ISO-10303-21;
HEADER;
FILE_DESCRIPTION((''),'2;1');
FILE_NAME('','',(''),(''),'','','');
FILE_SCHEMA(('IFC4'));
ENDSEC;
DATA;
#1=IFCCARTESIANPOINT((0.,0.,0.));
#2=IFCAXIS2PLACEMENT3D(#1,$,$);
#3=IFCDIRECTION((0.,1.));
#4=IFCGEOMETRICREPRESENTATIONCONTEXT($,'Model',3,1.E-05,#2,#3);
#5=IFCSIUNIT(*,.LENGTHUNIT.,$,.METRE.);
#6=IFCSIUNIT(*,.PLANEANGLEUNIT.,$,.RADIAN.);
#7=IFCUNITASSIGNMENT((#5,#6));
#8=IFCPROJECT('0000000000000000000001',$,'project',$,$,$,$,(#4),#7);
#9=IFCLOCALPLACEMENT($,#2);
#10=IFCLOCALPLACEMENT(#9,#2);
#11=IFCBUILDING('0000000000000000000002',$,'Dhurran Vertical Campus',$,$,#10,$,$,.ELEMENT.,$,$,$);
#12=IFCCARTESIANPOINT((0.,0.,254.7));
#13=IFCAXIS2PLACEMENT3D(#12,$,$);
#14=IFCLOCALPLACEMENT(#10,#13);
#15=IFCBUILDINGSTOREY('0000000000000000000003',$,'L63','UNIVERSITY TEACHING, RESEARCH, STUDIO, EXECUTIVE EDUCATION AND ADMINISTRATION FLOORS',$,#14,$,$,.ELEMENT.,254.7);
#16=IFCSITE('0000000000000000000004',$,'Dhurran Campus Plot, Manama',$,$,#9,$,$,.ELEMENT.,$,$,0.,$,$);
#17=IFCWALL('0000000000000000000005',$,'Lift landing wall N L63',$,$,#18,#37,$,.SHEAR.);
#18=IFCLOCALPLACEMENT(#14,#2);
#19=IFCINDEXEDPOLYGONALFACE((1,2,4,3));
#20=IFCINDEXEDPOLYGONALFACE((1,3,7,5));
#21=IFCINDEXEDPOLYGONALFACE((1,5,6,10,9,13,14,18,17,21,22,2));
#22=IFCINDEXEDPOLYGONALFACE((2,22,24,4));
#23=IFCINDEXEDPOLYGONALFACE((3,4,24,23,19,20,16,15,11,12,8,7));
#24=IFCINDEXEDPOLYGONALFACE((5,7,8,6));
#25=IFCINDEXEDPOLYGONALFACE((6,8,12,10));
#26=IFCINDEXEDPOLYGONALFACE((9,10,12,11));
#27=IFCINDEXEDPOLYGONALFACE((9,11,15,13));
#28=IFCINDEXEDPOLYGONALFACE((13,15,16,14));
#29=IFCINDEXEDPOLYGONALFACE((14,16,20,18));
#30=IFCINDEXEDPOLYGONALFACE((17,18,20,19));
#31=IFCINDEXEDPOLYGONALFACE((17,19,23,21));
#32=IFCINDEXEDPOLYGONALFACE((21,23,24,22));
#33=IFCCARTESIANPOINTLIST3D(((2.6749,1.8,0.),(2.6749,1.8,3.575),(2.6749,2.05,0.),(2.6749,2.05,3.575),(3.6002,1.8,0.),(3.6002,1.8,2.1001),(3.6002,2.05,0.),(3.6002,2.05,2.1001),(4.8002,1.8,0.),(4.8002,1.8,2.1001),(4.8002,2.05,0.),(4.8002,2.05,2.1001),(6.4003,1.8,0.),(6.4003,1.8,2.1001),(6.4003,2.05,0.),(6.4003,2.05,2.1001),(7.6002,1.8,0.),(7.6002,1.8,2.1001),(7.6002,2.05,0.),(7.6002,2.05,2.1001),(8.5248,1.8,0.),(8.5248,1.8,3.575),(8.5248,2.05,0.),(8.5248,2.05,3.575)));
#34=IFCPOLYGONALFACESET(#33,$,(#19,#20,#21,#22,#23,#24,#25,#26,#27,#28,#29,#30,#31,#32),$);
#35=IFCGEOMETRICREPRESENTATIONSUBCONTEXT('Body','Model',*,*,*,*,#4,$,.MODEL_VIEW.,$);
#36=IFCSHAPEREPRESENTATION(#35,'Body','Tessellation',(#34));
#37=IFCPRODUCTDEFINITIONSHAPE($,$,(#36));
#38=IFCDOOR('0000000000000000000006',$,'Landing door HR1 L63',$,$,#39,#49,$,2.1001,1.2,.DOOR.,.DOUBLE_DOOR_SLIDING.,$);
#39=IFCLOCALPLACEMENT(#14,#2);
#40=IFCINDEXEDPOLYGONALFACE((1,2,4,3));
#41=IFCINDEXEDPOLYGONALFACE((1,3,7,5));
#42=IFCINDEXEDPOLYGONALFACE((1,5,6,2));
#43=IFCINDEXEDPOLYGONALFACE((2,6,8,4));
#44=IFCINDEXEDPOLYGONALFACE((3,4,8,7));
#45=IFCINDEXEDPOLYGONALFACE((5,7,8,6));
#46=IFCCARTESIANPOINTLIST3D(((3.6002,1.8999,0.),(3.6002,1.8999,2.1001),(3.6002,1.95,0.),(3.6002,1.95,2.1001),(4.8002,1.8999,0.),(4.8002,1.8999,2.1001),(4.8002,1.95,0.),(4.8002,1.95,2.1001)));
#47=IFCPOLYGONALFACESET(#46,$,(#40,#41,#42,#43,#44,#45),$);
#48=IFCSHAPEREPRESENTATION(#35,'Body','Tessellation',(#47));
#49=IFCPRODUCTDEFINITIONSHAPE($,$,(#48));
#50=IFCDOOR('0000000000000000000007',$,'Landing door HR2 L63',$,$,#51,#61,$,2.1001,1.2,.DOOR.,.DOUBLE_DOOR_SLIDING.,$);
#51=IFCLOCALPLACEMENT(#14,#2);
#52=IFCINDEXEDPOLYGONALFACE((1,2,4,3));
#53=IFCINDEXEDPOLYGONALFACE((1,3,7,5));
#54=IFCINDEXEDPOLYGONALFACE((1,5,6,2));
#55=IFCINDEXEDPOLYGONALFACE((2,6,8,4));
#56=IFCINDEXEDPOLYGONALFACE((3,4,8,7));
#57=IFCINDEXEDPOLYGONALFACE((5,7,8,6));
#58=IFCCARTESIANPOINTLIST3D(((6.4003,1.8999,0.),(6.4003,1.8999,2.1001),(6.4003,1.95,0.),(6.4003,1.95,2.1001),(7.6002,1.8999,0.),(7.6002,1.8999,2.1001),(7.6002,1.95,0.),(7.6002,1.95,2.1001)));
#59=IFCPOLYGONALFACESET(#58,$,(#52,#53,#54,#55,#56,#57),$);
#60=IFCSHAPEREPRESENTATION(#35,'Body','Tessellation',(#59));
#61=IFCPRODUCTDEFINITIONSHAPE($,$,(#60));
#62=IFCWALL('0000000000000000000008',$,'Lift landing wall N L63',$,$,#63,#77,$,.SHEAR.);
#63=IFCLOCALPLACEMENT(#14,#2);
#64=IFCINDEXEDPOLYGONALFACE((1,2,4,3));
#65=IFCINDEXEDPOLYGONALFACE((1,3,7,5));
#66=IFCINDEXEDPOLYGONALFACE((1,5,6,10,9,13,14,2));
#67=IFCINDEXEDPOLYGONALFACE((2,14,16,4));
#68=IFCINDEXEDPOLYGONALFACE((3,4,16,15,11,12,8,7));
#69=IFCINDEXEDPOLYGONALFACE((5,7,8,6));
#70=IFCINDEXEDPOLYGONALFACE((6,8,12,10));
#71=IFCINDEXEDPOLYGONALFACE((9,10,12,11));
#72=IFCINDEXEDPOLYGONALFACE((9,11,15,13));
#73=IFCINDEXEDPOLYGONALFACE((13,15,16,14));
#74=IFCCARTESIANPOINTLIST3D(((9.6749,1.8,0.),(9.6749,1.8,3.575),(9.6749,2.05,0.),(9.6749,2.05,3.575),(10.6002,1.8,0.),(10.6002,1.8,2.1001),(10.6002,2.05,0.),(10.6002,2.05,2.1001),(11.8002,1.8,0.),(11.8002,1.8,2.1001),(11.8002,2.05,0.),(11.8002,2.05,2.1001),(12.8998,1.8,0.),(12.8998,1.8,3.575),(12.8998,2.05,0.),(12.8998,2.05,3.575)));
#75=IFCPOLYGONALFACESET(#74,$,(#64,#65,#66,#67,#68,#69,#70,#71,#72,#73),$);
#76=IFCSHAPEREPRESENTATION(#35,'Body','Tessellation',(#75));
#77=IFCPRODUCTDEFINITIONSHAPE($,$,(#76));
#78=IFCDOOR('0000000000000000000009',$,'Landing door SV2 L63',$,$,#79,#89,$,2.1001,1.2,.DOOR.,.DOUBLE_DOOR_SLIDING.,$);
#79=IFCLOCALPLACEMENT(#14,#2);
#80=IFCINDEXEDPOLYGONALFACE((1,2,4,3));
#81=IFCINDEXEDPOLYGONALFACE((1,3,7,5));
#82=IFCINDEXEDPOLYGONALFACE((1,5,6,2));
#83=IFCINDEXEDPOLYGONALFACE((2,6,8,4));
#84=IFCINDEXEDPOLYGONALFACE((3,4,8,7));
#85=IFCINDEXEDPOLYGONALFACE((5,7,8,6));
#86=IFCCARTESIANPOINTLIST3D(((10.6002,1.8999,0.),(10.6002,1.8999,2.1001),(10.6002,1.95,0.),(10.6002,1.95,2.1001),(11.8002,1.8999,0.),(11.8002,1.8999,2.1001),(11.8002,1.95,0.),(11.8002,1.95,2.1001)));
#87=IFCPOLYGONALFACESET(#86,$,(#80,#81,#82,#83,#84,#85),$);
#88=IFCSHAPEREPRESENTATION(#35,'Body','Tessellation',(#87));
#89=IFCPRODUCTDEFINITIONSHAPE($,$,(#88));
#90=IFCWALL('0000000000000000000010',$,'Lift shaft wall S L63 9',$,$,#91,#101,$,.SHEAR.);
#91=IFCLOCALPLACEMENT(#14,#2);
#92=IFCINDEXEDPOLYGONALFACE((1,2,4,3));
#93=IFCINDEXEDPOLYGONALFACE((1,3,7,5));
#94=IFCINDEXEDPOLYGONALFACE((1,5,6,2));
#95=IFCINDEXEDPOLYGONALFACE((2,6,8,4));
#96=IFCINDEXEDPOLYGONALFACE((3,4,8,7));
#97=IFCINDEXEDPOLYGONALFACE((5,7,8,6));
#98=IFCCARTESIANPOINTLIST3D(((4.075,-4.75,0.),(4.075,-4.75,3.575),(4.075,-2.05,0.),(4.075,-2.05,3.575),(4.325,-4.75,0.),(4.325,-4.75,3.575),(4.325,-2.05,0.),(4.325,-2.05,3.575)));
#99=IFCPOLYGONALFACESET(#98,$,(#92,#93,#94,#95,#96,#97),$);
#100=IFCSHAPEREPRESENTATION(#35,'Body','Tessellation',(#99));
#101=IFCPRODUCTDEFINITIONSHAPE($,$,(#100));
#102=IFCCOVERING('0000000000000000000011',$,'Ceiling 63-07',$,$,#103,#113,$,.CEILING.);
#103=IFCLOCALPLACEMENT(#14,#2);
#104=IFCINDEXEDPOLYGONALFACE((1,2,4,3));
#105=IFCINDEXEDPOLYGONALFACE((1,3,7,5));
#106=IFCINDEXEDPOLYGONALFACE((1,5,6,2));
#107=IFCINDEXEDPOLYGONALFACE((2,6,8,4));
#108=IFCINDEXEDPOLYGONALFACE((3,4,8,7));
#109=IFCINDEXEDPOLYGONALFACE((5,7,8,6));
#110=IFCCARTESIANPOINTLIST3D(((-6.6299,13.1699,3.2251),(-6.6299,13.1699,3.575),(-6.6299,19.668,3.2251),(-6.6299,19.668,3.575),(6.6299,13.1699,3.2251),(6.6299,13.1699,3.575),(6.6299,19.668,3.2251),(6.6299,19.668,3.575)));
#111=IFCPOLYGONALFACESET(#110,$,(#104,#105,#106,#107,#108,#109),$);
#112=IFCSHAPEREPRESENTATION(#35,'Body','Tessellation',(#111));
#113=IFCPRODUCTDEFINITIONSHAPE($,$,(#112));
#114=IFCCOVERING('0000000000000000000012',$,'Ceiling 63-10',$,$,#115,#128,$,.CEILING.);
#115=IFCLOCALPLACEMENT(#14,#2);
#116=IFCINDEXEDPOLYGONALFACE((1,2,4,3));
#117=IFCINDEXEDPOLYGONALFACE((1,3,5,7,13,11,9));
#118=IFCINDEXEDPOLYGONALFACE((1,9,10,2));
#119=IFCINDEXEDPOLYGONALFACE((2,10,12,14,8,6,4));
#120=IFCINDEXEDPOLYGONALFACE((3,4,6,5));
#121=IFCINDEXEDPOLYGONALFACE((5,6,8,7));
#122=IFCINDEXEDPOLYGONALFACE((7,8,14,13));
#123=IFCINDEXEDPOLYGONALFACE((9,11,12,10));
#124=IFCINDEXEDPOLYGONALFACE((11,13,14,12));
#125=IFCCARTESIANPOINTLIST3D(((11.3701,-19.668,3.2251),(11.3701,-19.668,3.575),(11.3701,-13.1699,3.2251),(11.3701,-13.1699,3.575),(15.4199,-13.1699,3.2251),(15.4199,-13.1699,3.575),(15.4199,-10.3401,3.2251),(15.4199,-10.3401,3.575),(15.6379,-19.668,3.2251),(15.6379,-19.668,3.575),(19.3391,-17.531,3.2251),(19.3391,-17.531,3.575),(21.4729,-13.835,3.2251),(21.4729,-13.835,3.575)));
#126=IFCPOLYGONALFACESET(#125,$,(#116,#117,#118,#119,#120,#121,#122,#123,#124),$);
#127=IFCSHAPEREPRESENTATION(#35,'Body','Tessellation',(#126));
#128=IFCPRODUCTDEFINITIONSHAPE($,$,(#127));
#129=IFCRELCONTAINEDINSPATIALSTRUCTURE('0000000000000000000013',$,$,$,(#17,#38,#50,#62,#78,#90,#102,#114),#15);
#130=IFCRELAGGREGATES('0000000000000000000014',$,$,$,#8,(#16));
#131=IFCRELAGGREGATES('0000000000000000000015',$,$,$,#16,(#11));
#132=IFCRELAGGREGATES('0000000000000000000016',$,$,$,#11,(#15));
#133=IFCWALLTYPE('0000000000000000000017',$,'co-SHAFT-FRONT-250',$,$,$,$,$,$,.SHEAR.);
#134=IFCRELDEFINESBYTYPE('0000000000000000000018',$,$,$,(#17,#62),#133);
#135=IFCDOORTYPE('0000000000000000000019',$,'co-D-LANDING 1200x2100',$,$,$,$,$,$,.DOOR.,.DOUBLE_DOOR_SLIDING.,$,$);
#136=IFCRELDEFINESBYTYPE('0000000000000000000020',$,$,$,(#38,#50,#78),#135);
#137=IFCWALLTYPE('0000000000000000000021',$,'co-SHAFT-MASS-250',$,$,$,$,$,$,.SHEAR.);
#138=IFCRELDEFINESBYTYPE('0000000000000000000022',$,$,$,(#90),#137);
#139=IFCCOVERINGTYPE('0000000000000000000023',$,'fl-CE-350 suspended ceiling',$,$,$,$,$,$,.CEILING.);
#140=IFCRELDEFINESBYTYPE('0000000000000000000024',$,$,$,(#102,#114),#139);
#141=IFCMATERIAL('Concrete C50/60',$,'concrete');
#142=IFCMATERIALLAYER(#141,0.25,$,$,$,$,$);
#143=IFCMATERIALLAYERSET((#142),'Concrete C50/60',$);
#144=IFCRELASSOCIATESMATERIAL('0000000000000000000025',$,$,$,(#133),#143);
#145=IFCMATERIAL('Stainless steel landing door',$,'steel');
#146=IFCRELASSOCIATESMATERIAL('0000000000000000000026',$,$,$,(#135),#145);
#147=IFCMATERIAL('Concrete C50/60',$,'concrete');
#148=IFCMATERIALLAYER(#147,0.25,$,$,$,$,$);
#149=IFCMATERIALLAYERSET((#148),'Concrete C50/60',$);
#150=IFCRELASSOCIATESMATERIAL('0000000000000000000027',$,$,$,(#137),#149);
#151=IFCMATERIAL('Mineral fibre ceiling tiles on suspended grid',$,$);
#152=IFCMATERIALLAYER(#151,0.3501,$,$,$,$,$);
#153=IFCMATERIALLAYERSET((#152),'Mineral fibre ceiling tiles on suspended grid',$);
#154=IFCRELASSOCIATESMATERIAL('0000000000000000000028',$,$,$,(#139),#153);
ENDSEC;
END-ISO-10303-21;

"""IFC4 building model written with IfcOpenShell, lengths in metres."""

from ifc_helpers import new_model, si_unit, direction, frame, frame_2d, origin, place, context, subcontext, project, spatial, polyline, rectangle, outline, extrude, material, layer, layer_set, type_object, element, fill, save


model = new_model("IFC4")

# Units and contexts
model_context = context("Model", 3, precision=1e-05, world=origin(), true_north=direction((0.0, 1.0)))
body_context = subcontext(model_context, "Body", "Model", "MODEL_VIEW")
ifc_project = project(units=[si_unit("LENGTHUNIT", "METRE"), si_unit("PLANEANGLEUNIT", "RADIAN")], contexts=[model_context])

# Site, building, storey
site_placement = place(None, origin())
site = spatial("IfcSite", under=ifc_project, at=site_placement, Name="Dhurran Campus Plot, Manama", CompositionType="ELEMENT", RefElevation=0.0)
building_placement = place(site_placement, origin())
building = spatial("IfcBuilding", under=site, at=building_placement, Name="Dhurran Vertical Campus", CompositionType="ELEMENT")
storey_placement = place(building_placement, frame((0.0, 0.0, 254.7)))
storey = spatial("IfcBuildingStorey", under=building, at=storey_placement, Name="L63", Description="UNIVERSITY TEACHING, RESEARCH, STUDIO, EXECUTIVE EDUCATION AND ADMINISTRATION FLOORS", CompositionType="ELEMENT", Elevation=254.7)

# Wall, openings, doors
ifc_material_1 = material(Name="Concrete C50/60", Category="concrete")
ifc_layer_1 = layer(ifc_material_1, 0.25)
ifc_layer_set_1 = layer_set([ifc_layer_1], Name="Concrete C50/60")
wall_type_1 = type_object("IfcWallType", Name="co-SHAFT-FRONT-250", PredefinedType="SHEAR", material=ifc_layer_set_1)
wall_1_placement = place(storey_placement, frame((2.675, 1.925, 0.0), z_axis=(0.0, 0.0, 1.0), x_axis=(1.0, 0.0, 0.0)))
wall_1 = element("IfcWall", 1, at=wall_1_placement, inside=storey, type_object=wall_type_1, Name="Lift landing wall N L63", PredefinedType="SHEAR", context=body_context, shape_type="SweptSolid", body=[
    extrude(rectangle(XDim=5.8499, YDim=0.25, at=frame_2d((2.9248, 0.0))), origin(), (0.0, 0.0, 1.0), 3.575),
])
opening_1_placement = place(wall_1_placement, frame((0.925, 0.0, 0.0)))
opening_1 = element("IfcOpeningElement", 2, at=opening_1_placement, cuts=wall_1, PredefinedType="OPENING", context=body_context, shape_type="SweptSolid", body=[
    extrude(rectangle(XDim=1.2, YDim=2.1001, at=frame_2d((0.6001, 1.05))), frame((0.0, 0.135, 0.0), z_axis=(0.0, -1.0, 0.0), x_axis=(1.0, 0.0, 0.0)), (0.0, 0.0, 1.0), 0.27),
])
opening_2_placement = place(wall_1_placement, frame((3.7251, 0.0, 0.0)))
opening_2 = element("IfcOpeningElement", 3, at=opening_2_placement, cuts=wall_1, PredefinedType="OPENING", context=body_context, shape_type="SweptSolid", body=[
    extrude(rectangle(XDim=1.2, YDim=2.1001, at=frame_2d((0.6001, 1.05))), frame((0.0, 0.135, 0.0), z_axis=(0.0, -1.0, 0.0), x_axis=(1.0, 0.0, 0.0)), (0.0, 0.0, 1.0), 0.27),
])
ifc_material_2 = material(Name="Stainless steel landing door", Category="steel")
door_type_1 = type_object("IfcDoorType", Name="co-D-LANDING 1200x2100", OperationType="DOUBLE_DOOR_SLIDING", PredefinedType="DOOR", material=ifc_material_2)
door_1_placement = place(opening_1_placement, origin())
door_1 = element("IfcDoor", 4, at=door_1_placement, inside=storey, type_object=door_type_1, Name="Landing door HR1 L63", OperationType="DOUBLE_DOOR_SLIDING", OverallHeight=2.1001, OverallWidth=1.2, PredefinedType="DOOR", context=body_context, shape_type="SweptSolid", body=[
    extrude(rectangle(XDim=1.2, YDim=2.1001, at=frame_2d((0.6001, 1.05))), frame((0.0, 0.0249, 0.0), z_axis=(0.0, -1.0, 0.0), x_axis=(1.0, 0.0, 0.0)), (0.0, 0.0, 1.0), 0.05),
])
fill(opening_1, door_1)
door_2_placement = place(opening_2_placement, origin())
door_2 = element("IfcDoor", 5, at=door_2_placement, inside=storey, type_object=door_type_1, Name="Landing door HR2 L63", OperationType="DOUBLE_DOOR_SLIDING", OverallHeight=2.1001, OverallWidth=1.2, PredefinedType="DOOR", context=body_context, shape_type="SweptSolid", body=[
    extrude(rectangle(XDim=1.2, YDim=2.1001, at=frame_2d((0.6001, 1.05))), frame((0.0, 0.0249, 0.0), z_axis=(0.0, -1.0, 0.0), x_axis=(1.0, 0.0, 0.0)), (0.0, 0.0, 1.0), 0.05),
])
fill(opening_2, door_2)

# Wall, opening, door
wall_2_placement = place(storey_placement, frame((9.675, 1.925, 0.0), z_axis=(0.0, 0.0, 1.0), x_axis=(1.0, 0.0, 0.0)))
wall_2 = element("IfcWall", 6, at=wall_2_placement, inside=storey, type_object=wall_type_1, Name="Lift landing wall N L63", PredefinedType="SHEAR", context=body_context, shape_type="SweptSolid", body=[
    extrude(rectangle(XDim=3.2249, YDim=0.25, at=frame_2d((1.6123, 0.0))), origin(), (0.0, 0.0, 1.0), 3.575),
])
opening_3_placement = place(wall_2_placement, frame((0.925, 0.0, 0.0)))
opening_3 = element("IfcOpeningElement", 7, at=opening_3_placement, cuts=wall_2, PredefinedType="OPENING", context=body_context, shape_type="SweptSolid", body=[
    extrude(rectangle(XDim=1.2, YDim=2.1001, at=frame_2d((0.6001, 1.05))), frame((0.0, 0.135, 0.0), z_axis=(0.0, -1.0, 0.0), x_axis=(1.0, 0.0, 0.0)), (0.0, 0.0, 1.0), 0.27),
])
door_3_placement = place(opening_3_placement, origin())
door_3 = element("IfcDoor", 8, at=door_3_placement, inside=storey, type_object=door_type_1, Name="Landing door SV2 L63", OperationType="DOUBLE_DOOR_SLIDING", OverallHeight=2.1001, OverallWidth=1.2, PredefinedType="DOOR", context=body_context, shape_type="SweptSolid", body=[
    extrude(rectangle(XDim=1.2, YDim=2.1001, at=frame_2d((0.6001, 1.05))), frame((0.0, 0.0249, 0.0), z_axis=(0.0, -1.0, 0.0), x_axis=(1.0, 0.0, 0.0)), (0.0, 0.0, 1.0), 0.05),
])
fill(opening_3, door_3)

# Wall
ifc_material_3 = material(Name="Concrete C50/60", Category="concrete")
ifc_layer_2 = layer(ifc_material_3, 0.25)
ifc_layer_set_2 = layer_set([ifc_layer_2], Name="Concrete C50/60")
wall_type_2 = type_object("IfcWallType", Name="co-SHAFT-MASS-250", PredefinedType="SHEAR", material=ifc_layer_set_2)
wall_3_placement = place(storey_placement, origin())
element("IfcWall", 9, at=wall_3_placement, inside=storey, type_object=wall_type_2, Name="Lift shaft wall S L63 9", PredefinedType="SHEAR", context=body_context, shape_type="SweptSolid", body=[
    extrude(outline(polyline([(4.075, -4.75), (4.325, -4.75), (4.325, -2.05), (4.075, -2.05), (4.075, -4.75)])), origin(), (0.0, 0.0, 1.0), 3.575),
])

# Coverings
ifc_material_4 = material(Name="Mineral fibre ceiling tiles on suspended grid")
ifc_layer_3 = layer(ifc_material_4, 0.3501)
ifc_layer_set_3 = layer_set([ifc_layer_3], Name="Mineral fibre ceiling tiles on suspended grid")
covering_type = type_object("IfcCoveringType", Name="fl-CE-350 suspended ceiling", PredefinedType="CEILING", material=ifc_layer_set_3)
covering_1_placement = place(storey_placement, frame((0.0, 0.0, 3.2251)))
element("IfcCovering", 10, at=covering_1_placement, inside=storey, type_object=covering_type, Name="Ceiling 63-07", PredefinedType="CEILING", context=body_context, shape_type="SweptSolid", body=[
    extrude(outline(polyline([(-6.6299, 19.668), (6.6299, 19.668), (6.6299, 13.1699), (-6.6299, 13.1699), (-6.6299, 19.668)])), origin(), (0.0, 0.0, 1.0), 0.3499),
])
covering_2_placement = place(storey_placement, frame((0.0, 0.0, 3.2251)))
element("IfcCovering", 11, at=covering_2_placement, inside=storey, type_object=covering_type, Name="Ceiling 63-10", PredefinedType="CEILING", context=body_context, shape_type="SweptSolid", body=[
    extrude(outline(polyline([(21.4729, -13.835), (19.3391, -17.531), (15.6379, -19.668), (11.3701, -19.668), (11.3701, -13.1699), (15.4199, -13.1699), (15.4199, -10.3401), (21.4729, -13.835)])), origin(), (0.0, 0.0, 1.0), 0.3499),
])

save(model, "model.ifc")
